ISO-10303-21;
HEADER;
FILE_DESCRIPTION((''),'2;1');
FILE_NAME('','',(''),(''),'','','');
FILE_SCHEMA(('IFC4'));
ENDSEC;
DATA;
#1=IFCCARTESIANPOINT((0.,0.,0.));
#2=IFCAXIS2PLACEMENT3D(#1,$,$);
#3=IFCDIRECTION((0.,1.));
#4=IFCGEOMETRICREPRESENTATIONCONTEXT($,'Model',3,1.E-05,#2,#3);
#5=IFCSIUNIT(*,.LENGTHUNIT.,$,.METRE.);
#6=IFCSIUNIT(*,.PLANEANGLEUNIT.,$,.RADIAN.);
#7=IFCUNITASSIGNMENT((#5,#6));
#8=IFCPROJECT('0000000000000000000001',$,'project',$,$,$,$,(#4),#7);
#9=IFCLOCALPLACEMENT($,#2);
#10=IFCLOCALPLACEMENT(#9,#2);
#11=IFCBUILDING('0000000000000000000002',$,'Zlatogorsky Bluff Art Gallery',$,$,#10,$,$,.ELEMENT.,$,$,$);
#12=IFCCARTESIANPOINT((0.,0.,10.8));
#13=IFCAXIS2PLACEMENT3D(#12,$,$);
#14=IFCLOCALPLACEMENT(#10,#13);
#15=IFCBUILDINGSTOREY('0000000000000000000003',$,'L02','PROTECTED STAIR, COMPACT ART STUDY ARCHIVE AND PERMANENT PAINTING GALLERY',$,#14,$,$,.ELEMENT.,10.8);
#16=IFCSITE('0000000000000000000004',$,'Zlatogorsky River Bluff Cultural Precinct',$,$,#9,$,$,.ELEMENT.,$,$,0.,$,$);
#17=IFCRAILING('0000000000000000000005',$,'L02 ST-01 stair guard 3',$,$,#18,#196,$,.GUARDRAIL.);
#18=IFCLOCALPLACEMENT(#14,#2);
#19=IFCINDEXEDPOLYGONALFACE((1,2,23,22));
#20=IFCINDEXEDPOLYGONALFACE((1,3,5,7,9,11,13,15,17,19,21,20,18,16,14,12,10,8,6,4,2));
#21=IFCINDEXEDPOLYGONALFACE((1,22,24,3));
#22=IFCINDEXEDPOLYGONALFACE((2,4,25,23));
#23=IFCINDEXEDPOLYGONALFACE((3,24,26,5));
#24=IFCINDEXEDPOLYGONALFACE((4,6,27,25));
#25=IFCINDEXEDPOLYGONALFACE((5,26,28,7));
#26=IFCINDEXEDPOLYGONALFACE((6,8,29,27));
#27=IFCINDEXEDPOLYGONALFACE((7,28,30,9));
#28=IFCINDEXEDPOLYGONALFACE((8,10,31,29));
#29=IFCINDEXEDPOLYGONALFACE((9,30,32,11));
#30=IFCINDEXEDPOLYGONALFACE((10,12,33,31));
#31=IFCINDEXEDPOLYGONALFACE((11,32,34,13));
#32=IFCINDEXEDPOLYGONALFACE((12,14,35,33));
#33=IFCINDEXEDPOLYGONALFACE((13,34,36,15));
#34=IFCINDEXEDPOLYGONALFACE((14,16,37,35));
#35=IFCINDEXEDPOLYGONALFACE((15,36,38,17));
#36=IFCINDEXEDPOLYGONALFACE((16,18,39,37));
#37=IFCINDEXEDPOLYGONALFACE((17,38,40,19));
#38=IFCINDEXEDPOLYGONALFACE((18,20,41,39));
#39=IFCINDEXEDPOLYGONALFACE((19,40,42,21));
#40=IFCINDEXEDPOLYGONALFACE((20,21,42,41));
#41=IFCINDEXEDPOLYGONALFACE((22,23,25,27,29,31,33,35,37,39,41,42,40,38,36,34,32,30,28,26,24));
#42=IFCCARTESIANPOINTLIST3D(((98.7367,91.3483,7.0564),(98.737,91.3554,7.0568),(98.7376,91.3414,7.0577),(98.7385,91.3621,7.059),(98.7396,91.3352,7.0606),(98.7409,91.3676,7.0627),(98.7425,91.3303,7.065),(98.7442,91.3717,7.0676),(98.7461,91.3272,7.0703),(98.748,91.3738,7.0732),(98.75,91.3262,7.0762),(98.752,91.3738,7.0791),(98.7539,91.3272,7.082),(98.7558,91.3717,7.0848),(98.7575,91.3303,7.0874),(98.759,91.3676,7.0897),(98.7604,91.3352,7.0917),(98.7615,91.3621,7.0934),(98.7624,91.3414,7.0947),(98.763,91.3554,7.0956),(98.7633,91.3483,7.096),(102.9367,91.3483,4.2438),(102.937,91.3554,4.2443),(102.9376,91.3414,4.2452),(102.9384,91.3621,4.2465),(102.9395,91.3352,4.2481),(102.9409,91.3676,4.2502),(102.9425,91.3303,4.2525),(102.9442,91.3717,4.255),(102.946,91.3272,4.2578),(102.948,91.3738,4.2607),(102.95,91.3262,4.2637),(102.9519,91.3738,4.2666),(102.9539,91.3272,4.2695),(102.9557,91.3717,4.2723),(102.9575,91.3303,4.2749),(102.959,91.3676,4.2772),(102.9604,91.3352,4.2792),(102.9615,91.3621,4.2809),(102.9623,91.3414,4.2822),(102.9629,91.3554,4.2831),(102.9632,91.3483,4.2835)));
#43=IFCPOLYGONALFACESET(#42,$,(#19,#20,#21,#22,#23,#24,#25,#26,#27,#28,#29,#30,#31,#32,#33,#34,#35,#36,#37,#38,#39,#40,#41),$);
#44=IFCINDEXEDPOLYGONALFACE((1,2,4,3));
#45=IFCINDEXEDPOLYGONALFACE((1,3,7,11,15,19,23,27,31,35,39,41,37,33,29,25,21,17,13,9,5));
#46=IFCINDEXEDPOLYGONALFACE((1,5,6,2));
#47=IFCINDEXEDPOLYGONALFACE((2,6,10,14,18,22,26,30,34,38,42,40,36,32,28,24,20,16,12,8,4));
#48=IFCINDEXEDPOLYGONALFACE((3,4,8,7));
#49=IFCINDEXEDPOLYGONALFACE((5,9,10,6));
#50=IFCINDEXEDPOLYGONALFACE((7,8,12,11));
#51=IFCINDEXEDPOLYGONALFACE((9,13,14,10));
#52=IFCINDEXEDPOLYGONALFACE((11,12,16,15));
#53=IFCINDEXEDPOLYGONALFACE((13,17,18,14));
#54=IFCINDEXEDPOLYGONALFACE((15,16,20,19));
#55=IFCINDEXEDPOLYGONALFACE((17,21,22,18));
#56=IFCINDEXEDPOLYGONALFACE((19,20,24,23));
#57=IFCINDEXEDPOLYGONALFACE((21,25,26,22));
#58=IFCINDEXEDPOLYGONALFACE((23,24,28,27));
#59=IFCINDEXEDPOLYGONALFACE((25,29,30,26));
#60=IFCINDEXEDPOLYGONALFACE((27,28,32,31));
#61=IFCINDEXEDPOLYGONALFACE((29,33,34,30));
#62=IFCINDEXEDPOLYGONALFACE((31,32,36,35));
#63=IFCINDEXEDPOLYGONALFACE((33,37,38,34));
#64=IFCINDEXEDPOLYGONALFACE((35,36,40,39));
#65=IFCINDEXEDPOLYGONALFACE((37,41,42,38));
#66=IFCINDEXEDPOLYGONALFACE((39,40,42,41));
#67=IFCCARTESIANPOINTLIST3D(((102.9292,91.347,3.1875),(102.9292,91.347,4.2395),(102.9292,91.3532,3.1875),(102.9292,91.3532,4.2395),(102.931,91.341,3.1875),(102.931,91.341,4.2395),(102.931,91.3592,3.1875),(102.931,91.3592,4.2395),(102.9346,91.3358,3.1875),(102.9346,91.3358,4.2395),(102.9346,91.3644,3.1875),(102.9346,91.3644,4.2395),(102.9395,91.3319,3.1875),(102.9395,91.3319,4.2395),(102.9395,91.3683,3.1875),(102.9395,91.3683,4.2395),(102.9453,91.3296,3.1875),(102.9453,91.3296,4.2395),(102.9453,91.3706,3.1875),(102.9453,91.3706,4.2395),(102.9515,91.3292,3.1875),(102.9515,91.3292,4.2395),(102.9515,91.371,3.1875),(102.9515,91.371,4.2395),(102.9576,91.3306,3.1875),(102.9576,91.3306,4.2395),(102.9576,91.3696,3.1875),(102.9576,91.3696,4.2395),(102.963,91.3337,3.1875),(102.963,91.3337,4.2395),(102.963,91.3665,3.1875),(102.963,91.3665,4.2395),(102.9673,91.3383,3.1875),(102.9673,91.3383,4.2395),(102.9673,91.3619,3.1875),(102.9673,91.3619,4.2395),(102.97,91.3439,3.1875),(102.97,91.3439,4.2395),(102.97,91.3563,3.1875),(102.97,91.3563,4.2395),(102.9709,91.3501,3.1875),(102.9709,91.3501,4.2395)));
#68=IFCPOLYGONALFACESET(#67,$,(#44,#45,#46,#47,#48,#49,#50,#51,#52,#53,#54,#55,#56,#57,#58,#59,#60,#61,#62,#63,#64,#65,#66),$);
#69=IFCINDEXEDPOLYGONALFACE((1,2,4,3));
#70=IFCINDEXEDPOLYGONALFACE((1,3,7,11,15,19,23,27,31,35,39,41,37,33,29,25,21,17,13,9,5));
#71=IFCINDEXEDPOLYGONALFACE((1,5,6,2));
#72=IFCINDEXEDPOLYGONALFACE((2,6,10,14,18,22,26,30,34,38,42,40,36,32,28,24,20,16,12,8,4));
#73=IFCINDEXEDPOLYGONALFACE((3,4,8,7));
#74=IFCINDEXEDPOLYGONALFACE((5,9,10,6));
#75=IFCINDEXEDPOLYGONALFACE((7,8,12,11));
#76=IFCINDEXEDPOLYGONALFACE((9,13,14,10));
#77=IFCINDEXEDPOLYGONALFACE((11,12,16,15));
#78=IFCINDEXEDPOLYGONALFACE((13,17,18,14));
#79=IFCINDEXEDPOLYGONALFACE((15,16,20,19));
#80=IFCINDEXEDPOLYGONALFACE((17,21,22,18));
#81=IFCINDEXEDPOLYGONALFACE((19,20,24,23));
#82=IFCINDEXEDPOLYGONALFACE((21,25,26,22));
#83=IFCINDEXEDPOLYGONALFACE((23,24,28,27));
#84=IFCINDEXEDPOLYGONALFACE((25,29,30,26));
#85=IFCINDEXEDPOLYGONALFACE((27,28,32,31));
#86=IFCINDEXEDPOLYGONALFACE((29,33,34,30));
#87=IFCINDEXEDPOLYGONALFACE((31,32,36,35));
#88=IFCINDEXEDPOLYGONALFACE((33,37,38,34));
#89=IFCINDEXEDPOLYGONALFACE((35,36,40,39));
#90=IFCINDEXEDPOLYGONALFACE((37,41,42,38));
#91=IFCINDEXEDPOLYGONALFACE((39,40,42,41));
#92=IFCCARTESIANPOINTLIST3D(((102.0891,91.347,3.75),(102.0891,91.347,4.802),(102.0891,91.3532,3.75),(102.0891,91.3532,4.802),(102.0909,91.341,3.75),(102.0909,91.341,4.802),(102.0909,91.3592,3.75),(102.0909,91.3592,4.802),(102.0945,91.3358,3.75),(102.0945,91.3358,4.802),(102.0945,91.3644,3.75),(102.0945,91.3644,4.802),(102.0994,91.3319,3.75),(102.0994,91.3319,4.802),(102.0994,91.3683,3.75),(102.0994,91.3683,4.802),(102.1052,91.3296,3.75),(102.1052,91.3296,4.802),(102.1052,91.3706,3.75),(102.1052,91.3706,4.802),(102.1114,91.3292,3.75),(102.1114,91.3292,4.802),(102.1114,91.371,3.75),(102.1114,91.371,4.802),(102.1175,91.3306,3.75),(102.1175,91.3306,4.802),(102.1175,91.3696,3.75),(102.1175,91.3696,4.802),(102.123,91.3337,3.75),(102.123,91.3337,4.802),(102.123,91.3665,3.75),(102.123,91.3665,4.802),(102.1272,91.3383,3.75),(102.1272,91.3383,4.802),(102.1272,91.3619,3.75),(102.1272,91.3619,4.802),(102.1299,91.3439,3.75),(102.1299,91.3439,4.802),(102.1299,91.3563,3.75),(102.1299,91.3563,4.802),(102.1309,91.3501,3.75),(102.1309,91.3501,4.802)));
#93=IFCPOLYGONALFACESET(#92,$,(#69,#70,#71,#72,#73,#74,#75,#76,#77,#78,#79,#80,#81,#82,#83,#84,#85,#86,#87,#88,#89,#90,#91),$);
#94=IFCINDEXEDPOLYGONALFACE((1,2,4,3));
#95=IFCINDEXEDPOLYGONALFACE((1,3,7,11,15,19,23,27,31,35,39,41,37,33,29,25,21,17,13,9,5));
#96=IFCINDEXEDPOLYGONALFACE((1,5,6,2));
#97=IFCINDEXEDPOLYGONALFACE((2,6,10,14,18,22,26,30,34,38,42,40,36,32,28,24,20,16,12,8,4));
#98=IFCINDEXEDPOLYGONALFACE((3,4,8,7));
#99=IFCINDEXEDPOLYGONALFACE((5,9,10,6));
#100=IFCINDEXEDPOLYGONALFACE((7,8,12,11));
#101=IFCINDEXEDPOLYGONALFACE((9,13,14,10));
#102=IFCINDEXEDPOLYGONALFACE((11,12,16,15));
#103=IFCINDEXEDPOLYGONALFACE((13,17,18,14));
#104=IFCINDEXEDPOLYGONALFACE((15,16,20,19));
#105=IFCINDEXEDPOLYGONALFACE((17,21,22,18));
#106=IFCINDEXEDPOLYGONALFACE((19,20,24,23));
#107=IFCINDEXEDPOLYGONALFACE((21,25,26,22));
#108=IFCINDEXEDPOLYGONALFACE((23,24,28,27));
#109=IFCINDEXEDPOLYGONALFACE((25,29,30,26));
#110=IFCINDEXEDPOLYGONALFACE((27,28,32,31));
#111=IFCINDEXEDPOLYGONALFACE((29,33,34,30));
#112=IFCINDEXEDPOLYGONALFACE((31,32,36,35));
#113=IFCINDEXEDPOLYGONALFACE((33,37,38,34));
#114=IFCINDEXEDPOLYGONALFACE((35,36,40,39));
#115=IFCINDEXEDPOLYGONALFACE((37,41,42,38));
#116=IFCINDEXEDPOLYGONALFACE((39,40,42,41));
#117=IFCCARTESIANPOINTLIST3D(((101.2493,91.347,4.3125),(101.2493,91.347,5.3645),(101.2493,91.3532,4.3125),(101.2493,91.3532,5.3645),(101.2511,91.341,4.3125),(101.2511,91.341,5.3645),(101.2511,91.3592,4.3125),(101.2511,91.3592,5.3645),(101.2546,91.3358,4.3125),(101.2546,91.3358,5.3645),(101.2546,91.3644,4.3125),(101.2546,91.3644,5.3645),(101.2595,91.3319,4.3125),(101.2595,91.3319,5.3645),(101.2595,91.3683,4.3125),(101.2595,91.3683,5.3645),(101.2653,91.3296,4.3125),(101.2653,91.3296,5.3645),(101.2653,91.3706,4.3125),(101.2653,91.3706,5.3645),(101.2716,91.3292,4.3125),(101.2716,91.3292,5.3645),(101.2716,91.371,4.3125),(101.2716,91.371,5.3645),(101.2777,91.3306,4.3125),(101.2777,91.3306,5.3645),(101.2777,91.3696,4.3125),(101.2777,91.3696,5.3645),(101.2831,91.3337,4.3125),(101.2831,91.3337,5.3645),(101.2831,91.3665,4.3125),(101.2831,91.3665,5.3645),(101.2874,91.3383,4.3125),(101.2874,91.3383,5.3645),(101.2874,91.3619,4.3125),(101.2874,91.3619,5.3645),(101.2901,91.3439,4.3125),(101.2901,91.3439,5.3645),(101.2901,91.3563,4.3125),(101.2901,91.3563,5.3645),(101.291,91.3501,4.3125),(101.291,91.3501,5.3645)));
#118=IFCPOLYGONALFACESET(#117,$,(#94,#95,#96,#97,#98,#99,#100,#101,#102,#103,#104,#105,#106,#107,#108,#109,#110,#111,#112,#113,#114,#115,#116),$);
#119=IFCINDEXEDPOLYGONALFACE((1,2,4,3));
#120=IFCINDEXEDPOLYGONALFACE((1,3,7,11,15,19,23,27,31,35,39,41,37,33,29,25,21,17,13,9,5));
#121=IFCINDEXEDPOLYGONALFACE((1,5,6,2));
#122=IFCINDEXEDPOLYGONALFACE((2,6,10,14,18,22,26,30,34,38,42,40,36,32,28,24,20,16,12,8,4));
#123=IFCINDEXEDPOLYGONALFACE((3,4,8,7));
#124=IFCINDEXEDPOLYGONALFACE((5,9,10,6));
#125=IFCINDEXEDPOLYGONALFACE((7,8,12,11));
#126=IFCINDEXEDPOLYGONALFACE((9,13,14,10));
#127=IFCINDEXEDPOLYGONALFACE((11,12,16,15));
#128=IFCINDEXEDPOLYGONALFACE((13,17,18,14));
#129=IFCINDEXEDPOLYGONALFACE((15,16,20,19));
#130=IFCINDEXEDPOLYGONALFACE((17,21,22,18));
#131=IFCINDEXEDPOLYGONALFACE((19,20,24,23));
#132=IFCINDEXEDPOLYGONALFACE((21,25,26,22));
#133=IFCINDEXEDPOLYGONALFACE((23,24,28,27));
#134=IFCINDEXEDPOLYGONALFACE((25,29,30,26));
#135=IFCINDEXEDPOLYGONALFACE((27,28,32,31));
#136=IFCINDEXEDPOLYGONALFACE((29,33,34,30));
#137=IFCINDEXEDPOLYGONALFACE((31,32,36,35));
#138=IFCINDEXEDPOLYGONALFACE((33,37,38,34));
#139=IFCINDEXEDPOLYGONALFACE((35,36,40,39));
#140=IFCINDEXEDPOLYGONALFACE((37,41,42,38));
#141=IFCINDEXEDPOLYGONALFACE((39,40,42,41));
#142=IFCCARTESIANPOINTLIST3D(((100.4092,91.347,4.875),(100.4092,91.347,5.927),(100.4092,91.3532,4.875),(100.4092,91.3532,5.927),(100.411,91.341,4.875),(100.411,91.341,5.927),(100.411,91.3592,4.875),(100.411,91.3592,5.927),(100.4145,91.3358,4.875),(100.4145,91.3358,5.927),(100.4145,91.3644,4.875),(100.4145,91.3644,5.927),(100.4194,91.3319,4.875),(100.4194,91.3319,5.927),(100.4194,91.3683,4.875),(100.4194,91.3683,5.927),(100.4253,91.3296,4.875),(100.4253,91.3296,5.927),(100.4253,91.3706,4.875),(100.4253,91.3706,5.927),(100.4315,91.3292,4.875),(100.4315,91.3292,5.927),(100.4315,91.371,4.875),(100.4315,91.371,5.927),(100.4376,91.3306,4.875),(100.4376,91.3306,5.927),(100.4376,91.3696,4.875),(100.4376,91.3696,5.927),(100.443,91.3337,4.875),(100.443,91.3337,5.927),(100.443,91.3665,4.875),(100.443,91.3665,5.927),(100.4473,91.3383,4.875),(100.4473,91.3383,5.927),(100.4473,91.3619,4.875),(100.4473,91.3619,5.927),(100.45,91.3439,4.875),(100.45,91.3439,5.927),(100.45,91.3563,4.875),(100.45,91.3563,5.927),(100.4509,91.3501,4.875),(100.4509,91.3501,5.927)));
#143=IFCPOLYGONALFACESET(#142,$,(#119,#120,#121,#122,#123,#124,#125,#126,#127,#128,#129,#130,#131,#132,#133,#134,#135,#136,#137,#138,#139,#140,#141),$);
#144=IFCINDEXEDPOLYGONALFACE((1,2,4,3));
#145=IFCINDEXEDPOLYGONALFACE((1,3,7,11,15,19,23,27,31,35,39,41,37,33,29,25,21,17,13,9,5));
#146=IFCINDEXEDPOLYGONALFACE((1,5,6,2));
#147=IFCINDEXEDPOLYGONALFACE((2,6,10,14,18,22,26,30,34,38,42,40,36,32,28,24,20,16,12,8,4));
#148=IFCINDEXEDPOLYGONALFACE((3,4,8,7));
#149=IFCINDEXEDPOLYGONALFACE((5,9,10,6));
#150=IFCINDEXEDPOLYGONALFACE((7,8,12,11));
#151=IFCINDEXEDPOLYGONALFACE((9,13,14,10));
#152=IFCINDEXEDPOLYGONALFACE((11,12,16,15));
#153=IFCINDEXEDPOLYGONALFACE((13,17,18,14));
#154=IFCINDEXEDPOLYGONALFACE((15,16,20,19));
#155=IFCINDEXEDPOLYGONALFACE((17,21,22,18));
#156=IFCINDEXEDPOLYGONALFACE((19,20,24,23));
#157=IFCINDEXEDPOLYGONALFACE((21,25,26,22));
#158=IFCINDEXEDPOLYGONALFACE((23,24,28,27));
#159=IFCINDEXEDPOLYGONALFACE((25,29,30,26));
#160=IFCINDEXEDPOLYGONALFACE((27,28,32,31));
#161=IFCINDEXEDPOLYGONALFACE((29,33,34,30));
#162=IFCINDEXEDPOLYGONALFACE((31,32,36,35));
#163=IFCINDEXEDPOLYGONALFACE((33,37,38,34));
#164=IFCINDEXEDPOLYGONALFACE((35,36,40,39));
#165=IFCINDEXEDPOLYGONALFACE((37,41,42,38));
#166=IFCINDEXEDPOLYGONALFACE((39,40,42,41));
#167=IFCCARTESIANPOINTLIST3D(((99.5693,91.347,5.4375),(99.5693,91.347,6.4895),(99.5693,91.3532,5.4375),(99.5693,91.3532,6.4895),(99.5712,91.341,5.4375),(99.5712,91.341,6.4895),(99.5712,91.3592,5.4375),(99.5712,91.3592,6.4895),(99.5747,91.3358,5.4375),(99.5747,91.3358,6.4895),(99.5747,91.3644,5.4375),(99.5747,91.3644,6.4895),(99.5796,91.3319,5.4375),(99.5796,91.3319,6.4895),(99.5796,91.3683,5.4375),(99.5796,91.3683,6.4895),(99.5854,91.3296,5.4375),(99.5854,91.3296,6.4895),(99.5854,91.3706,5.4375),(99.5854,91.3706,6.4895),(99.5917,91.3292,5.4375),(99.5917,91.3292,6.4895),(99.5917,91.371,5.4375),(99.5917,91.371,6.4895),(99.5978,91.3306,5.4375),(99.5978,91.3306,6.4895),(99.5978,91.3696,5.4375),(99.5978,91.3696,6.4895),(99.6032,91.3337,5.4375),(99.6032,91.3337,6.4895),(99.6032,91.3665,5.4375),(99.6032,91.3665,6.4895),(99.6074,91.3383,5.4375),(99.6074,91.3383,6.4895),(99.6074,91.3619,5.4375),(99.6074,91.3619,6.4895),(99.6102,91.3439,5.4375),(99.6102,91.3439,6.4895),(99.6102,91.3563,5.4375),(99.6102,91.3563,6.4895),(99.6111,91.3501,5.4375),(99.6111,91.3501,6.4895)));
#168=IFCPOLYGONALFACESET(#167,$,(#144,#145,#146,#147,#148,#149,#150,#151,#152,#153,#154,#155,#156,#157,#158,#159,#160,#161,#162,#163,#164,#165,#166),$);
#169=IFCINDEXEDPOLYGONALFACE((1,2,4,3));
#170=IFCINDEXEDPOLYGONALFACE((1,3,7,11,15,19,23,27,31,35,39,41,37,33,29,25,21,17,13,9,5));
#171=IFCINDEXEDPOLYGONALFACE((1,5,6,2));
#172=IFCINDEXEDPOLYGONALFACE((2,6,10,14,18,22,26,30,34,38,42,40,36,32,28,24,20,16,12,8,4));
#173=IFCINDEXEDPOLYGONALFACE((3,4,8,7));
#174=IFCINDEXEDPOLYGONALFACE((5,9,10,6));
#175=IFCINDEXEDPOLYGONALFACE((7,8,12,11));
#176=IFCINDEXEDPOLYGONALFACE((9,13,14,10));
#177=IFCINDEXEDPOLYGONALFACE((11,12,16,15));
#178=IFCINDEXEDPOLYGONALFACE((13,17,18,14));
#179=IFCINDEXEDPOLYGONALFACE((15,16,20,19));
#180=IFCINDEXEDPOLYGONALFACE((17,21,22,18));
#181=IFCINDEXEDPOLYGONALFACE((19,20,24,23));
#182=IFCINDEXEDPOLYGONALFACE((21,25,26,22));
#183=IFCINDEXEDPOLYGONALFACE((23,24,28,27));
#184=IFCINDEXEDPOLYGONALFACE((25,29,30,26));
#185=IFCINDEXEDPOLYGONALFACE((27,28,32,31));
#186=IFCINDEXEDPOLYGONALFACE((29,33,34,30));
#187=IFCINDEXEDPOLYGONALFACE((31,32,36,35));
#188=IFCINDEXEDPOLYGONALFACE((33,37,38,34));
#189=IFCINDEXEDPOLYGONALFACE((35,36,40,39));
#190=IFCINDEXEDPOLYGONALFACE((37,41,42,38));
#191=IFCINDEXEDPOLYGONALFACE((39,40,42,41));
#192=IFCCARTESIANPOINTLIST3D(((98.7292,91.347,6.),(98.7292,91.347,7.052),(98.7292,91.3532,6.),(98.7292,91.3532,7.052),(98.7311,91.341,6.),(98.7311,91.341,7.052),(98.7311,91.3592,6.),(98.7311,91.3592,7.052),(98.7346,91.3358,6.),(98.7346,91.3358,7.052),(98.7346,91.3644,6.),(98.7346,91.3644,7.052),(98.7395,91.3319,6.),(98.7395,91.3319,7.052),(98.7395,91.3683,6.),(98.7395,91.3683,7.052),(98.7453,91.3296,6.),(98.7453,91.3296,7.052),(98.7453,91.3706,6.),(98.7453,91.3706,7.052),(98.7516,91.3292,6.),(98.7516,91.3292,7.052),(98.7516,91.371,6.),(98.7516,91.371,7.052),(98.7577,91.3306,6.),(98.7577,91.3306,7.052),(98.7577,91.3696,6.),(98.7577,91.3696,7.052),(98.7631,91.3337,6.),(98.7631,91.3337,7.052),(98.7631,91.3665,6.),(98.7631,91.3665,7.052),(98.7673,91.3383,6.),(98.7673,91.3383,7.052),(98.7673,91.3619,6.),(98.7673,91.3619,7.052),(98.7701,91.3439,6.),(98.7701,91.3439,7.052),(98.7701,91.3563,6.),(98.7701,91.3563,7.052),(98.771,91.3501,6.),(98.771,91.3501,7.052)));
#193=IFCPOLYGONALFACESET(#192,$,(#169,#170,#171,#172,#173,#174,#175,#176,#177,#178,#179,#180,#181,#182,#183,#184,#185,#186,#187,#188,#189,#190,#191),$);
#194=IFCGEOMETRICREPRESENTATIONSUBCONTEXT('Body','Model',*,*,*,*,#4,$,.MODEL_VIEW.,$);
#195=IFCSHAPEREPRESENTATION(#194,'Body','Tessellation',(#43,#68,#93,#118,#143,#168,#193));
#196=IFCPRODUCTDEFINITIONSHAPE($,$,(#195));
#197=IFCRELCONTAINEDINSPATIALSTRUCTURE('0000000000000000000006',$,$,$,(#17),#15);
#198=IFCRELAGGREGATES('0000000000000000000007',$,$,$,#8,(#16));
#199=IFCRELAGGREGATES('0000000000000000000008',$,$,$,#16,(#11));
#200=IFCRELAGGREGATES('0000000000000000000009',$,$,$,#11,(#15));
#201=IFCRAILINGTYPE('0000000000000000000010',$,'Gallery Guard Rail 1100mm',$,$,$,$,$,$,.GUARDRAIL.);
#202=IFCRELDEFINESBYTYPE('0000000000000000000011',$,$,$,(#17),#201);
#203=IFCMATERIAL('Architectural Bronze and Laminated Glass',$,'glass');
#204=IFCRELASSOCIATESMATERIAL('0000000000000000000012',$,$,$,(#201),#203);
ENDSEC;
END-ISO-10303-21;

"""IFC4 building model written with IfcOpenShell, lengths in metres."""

from ifc_helpers import new_model, si_unit, direction, frame, origin, origin_2d, place, context, subcontext, project, spatial, circle, extrude, material, type_object, element, save


model = new_model("IFC4")

# Units and contexts
model_context = context("Model", 3, precision=1e-05, world=origin(), true_north=direction((0.0, 1.0)))
body_context = subcontext(model_context, "Body", "Model", "MODEL_VIEW")
ifc_project = project(units=[si_unit("LENGTHUNIT", "METRE"), si_unit("PLANEANGLEUNIT", "RADIAN")], contexts=[model_context])

# Site, building, storey
site_placement = place(None, origin())
site = spatial("IfcSite", under=ifc_project, at=site_placement, Name="Zlatogorsky River Bluff Cultural Precinct", CompositionType="ELEMENT", RefElevation=0.0)
building_placement = place(site_placement, origin())
building = spatial("IfcBuilding", under=site, at=building_placement, Name="Zlatogorsky Bluff Art Gallery", CompositionType="ELEMENT")
storey_placement = place(building_placement, frame((0.0, 0.0, 10.8)))
storey = spatial("IfcBuildingStorey", under=building, at=storey_placement, Name="L02", Description="PROTECTED STAIR, COMPACT ART STUDY ARCHIVE AND PERMANENT PAINTING GALLERY", CompositionType="ELEMENT", Elevation=10.8)

# Railing
ifc_material_1 = material(Name="Architectural Bronze and Laminated Glass", Category="glass")
railing_type_1 = type_object("IfcRailingType", Name="Gallery Guard Rail 1100mm", PredefinedType="GUARDRAIL", material=ifc_material_1)
railing_1_placement = place(storey_placement, frame((102.95, 91.3501, 3.1875)))
element("IfcRailing", 1, at=railing_1_placement, inside=storey, type_object=railing_type_1, Name="L02 ST-01 stair guard 3", PredefinedType="GUARDRAIL", context=body_context, shape_type="SweptSolid", body=[
    extrude(circle(Radius=0.0239, at=origin_2d()), frame((0.0, 0.0, 1.0762), z_axis=(-0.830904, 0.0, 0.556416), x_axis=(0.0, -1.0, 0.0)), (0.0, 0.0, 1.0), 5.0547),
    extrude(circle(Radius=0.021, at=origin_2d()), origin(), (0.0, 0.0, 1.0), 1.052),
    extrude(circle(Radius=0.021, at=origin_2d()), frame((-0.8401, 0.0, 0.5625)), (0.0, 0.0, 1.0), 1.052),
    extrude(circle(Radius=0.021, at=origin_2d()), frame((-1.6799, 0.0, 1.125)), (0.0, 0.0, 1.0), 1.052),
    extrude(circle(Radius=0.021, at=origin_2d()), frame((-2.52, 0.0, 1.6875)), (0.0, 0.0, 1.0), 1.052),
    extrude(circle(Radius=0.021, at=origin_2d()), frame((-3.3599, 0.0, 2.25)), (0.0, 0.0, 1.0), 1.052),
    extrude(circle(Radius=0.021, at=origin_2d()), frame((-4.2, 0.0, 2.8125)), (0.0, 0.0, 1.0), 1.052),
])

save(model, "model.ifc")
